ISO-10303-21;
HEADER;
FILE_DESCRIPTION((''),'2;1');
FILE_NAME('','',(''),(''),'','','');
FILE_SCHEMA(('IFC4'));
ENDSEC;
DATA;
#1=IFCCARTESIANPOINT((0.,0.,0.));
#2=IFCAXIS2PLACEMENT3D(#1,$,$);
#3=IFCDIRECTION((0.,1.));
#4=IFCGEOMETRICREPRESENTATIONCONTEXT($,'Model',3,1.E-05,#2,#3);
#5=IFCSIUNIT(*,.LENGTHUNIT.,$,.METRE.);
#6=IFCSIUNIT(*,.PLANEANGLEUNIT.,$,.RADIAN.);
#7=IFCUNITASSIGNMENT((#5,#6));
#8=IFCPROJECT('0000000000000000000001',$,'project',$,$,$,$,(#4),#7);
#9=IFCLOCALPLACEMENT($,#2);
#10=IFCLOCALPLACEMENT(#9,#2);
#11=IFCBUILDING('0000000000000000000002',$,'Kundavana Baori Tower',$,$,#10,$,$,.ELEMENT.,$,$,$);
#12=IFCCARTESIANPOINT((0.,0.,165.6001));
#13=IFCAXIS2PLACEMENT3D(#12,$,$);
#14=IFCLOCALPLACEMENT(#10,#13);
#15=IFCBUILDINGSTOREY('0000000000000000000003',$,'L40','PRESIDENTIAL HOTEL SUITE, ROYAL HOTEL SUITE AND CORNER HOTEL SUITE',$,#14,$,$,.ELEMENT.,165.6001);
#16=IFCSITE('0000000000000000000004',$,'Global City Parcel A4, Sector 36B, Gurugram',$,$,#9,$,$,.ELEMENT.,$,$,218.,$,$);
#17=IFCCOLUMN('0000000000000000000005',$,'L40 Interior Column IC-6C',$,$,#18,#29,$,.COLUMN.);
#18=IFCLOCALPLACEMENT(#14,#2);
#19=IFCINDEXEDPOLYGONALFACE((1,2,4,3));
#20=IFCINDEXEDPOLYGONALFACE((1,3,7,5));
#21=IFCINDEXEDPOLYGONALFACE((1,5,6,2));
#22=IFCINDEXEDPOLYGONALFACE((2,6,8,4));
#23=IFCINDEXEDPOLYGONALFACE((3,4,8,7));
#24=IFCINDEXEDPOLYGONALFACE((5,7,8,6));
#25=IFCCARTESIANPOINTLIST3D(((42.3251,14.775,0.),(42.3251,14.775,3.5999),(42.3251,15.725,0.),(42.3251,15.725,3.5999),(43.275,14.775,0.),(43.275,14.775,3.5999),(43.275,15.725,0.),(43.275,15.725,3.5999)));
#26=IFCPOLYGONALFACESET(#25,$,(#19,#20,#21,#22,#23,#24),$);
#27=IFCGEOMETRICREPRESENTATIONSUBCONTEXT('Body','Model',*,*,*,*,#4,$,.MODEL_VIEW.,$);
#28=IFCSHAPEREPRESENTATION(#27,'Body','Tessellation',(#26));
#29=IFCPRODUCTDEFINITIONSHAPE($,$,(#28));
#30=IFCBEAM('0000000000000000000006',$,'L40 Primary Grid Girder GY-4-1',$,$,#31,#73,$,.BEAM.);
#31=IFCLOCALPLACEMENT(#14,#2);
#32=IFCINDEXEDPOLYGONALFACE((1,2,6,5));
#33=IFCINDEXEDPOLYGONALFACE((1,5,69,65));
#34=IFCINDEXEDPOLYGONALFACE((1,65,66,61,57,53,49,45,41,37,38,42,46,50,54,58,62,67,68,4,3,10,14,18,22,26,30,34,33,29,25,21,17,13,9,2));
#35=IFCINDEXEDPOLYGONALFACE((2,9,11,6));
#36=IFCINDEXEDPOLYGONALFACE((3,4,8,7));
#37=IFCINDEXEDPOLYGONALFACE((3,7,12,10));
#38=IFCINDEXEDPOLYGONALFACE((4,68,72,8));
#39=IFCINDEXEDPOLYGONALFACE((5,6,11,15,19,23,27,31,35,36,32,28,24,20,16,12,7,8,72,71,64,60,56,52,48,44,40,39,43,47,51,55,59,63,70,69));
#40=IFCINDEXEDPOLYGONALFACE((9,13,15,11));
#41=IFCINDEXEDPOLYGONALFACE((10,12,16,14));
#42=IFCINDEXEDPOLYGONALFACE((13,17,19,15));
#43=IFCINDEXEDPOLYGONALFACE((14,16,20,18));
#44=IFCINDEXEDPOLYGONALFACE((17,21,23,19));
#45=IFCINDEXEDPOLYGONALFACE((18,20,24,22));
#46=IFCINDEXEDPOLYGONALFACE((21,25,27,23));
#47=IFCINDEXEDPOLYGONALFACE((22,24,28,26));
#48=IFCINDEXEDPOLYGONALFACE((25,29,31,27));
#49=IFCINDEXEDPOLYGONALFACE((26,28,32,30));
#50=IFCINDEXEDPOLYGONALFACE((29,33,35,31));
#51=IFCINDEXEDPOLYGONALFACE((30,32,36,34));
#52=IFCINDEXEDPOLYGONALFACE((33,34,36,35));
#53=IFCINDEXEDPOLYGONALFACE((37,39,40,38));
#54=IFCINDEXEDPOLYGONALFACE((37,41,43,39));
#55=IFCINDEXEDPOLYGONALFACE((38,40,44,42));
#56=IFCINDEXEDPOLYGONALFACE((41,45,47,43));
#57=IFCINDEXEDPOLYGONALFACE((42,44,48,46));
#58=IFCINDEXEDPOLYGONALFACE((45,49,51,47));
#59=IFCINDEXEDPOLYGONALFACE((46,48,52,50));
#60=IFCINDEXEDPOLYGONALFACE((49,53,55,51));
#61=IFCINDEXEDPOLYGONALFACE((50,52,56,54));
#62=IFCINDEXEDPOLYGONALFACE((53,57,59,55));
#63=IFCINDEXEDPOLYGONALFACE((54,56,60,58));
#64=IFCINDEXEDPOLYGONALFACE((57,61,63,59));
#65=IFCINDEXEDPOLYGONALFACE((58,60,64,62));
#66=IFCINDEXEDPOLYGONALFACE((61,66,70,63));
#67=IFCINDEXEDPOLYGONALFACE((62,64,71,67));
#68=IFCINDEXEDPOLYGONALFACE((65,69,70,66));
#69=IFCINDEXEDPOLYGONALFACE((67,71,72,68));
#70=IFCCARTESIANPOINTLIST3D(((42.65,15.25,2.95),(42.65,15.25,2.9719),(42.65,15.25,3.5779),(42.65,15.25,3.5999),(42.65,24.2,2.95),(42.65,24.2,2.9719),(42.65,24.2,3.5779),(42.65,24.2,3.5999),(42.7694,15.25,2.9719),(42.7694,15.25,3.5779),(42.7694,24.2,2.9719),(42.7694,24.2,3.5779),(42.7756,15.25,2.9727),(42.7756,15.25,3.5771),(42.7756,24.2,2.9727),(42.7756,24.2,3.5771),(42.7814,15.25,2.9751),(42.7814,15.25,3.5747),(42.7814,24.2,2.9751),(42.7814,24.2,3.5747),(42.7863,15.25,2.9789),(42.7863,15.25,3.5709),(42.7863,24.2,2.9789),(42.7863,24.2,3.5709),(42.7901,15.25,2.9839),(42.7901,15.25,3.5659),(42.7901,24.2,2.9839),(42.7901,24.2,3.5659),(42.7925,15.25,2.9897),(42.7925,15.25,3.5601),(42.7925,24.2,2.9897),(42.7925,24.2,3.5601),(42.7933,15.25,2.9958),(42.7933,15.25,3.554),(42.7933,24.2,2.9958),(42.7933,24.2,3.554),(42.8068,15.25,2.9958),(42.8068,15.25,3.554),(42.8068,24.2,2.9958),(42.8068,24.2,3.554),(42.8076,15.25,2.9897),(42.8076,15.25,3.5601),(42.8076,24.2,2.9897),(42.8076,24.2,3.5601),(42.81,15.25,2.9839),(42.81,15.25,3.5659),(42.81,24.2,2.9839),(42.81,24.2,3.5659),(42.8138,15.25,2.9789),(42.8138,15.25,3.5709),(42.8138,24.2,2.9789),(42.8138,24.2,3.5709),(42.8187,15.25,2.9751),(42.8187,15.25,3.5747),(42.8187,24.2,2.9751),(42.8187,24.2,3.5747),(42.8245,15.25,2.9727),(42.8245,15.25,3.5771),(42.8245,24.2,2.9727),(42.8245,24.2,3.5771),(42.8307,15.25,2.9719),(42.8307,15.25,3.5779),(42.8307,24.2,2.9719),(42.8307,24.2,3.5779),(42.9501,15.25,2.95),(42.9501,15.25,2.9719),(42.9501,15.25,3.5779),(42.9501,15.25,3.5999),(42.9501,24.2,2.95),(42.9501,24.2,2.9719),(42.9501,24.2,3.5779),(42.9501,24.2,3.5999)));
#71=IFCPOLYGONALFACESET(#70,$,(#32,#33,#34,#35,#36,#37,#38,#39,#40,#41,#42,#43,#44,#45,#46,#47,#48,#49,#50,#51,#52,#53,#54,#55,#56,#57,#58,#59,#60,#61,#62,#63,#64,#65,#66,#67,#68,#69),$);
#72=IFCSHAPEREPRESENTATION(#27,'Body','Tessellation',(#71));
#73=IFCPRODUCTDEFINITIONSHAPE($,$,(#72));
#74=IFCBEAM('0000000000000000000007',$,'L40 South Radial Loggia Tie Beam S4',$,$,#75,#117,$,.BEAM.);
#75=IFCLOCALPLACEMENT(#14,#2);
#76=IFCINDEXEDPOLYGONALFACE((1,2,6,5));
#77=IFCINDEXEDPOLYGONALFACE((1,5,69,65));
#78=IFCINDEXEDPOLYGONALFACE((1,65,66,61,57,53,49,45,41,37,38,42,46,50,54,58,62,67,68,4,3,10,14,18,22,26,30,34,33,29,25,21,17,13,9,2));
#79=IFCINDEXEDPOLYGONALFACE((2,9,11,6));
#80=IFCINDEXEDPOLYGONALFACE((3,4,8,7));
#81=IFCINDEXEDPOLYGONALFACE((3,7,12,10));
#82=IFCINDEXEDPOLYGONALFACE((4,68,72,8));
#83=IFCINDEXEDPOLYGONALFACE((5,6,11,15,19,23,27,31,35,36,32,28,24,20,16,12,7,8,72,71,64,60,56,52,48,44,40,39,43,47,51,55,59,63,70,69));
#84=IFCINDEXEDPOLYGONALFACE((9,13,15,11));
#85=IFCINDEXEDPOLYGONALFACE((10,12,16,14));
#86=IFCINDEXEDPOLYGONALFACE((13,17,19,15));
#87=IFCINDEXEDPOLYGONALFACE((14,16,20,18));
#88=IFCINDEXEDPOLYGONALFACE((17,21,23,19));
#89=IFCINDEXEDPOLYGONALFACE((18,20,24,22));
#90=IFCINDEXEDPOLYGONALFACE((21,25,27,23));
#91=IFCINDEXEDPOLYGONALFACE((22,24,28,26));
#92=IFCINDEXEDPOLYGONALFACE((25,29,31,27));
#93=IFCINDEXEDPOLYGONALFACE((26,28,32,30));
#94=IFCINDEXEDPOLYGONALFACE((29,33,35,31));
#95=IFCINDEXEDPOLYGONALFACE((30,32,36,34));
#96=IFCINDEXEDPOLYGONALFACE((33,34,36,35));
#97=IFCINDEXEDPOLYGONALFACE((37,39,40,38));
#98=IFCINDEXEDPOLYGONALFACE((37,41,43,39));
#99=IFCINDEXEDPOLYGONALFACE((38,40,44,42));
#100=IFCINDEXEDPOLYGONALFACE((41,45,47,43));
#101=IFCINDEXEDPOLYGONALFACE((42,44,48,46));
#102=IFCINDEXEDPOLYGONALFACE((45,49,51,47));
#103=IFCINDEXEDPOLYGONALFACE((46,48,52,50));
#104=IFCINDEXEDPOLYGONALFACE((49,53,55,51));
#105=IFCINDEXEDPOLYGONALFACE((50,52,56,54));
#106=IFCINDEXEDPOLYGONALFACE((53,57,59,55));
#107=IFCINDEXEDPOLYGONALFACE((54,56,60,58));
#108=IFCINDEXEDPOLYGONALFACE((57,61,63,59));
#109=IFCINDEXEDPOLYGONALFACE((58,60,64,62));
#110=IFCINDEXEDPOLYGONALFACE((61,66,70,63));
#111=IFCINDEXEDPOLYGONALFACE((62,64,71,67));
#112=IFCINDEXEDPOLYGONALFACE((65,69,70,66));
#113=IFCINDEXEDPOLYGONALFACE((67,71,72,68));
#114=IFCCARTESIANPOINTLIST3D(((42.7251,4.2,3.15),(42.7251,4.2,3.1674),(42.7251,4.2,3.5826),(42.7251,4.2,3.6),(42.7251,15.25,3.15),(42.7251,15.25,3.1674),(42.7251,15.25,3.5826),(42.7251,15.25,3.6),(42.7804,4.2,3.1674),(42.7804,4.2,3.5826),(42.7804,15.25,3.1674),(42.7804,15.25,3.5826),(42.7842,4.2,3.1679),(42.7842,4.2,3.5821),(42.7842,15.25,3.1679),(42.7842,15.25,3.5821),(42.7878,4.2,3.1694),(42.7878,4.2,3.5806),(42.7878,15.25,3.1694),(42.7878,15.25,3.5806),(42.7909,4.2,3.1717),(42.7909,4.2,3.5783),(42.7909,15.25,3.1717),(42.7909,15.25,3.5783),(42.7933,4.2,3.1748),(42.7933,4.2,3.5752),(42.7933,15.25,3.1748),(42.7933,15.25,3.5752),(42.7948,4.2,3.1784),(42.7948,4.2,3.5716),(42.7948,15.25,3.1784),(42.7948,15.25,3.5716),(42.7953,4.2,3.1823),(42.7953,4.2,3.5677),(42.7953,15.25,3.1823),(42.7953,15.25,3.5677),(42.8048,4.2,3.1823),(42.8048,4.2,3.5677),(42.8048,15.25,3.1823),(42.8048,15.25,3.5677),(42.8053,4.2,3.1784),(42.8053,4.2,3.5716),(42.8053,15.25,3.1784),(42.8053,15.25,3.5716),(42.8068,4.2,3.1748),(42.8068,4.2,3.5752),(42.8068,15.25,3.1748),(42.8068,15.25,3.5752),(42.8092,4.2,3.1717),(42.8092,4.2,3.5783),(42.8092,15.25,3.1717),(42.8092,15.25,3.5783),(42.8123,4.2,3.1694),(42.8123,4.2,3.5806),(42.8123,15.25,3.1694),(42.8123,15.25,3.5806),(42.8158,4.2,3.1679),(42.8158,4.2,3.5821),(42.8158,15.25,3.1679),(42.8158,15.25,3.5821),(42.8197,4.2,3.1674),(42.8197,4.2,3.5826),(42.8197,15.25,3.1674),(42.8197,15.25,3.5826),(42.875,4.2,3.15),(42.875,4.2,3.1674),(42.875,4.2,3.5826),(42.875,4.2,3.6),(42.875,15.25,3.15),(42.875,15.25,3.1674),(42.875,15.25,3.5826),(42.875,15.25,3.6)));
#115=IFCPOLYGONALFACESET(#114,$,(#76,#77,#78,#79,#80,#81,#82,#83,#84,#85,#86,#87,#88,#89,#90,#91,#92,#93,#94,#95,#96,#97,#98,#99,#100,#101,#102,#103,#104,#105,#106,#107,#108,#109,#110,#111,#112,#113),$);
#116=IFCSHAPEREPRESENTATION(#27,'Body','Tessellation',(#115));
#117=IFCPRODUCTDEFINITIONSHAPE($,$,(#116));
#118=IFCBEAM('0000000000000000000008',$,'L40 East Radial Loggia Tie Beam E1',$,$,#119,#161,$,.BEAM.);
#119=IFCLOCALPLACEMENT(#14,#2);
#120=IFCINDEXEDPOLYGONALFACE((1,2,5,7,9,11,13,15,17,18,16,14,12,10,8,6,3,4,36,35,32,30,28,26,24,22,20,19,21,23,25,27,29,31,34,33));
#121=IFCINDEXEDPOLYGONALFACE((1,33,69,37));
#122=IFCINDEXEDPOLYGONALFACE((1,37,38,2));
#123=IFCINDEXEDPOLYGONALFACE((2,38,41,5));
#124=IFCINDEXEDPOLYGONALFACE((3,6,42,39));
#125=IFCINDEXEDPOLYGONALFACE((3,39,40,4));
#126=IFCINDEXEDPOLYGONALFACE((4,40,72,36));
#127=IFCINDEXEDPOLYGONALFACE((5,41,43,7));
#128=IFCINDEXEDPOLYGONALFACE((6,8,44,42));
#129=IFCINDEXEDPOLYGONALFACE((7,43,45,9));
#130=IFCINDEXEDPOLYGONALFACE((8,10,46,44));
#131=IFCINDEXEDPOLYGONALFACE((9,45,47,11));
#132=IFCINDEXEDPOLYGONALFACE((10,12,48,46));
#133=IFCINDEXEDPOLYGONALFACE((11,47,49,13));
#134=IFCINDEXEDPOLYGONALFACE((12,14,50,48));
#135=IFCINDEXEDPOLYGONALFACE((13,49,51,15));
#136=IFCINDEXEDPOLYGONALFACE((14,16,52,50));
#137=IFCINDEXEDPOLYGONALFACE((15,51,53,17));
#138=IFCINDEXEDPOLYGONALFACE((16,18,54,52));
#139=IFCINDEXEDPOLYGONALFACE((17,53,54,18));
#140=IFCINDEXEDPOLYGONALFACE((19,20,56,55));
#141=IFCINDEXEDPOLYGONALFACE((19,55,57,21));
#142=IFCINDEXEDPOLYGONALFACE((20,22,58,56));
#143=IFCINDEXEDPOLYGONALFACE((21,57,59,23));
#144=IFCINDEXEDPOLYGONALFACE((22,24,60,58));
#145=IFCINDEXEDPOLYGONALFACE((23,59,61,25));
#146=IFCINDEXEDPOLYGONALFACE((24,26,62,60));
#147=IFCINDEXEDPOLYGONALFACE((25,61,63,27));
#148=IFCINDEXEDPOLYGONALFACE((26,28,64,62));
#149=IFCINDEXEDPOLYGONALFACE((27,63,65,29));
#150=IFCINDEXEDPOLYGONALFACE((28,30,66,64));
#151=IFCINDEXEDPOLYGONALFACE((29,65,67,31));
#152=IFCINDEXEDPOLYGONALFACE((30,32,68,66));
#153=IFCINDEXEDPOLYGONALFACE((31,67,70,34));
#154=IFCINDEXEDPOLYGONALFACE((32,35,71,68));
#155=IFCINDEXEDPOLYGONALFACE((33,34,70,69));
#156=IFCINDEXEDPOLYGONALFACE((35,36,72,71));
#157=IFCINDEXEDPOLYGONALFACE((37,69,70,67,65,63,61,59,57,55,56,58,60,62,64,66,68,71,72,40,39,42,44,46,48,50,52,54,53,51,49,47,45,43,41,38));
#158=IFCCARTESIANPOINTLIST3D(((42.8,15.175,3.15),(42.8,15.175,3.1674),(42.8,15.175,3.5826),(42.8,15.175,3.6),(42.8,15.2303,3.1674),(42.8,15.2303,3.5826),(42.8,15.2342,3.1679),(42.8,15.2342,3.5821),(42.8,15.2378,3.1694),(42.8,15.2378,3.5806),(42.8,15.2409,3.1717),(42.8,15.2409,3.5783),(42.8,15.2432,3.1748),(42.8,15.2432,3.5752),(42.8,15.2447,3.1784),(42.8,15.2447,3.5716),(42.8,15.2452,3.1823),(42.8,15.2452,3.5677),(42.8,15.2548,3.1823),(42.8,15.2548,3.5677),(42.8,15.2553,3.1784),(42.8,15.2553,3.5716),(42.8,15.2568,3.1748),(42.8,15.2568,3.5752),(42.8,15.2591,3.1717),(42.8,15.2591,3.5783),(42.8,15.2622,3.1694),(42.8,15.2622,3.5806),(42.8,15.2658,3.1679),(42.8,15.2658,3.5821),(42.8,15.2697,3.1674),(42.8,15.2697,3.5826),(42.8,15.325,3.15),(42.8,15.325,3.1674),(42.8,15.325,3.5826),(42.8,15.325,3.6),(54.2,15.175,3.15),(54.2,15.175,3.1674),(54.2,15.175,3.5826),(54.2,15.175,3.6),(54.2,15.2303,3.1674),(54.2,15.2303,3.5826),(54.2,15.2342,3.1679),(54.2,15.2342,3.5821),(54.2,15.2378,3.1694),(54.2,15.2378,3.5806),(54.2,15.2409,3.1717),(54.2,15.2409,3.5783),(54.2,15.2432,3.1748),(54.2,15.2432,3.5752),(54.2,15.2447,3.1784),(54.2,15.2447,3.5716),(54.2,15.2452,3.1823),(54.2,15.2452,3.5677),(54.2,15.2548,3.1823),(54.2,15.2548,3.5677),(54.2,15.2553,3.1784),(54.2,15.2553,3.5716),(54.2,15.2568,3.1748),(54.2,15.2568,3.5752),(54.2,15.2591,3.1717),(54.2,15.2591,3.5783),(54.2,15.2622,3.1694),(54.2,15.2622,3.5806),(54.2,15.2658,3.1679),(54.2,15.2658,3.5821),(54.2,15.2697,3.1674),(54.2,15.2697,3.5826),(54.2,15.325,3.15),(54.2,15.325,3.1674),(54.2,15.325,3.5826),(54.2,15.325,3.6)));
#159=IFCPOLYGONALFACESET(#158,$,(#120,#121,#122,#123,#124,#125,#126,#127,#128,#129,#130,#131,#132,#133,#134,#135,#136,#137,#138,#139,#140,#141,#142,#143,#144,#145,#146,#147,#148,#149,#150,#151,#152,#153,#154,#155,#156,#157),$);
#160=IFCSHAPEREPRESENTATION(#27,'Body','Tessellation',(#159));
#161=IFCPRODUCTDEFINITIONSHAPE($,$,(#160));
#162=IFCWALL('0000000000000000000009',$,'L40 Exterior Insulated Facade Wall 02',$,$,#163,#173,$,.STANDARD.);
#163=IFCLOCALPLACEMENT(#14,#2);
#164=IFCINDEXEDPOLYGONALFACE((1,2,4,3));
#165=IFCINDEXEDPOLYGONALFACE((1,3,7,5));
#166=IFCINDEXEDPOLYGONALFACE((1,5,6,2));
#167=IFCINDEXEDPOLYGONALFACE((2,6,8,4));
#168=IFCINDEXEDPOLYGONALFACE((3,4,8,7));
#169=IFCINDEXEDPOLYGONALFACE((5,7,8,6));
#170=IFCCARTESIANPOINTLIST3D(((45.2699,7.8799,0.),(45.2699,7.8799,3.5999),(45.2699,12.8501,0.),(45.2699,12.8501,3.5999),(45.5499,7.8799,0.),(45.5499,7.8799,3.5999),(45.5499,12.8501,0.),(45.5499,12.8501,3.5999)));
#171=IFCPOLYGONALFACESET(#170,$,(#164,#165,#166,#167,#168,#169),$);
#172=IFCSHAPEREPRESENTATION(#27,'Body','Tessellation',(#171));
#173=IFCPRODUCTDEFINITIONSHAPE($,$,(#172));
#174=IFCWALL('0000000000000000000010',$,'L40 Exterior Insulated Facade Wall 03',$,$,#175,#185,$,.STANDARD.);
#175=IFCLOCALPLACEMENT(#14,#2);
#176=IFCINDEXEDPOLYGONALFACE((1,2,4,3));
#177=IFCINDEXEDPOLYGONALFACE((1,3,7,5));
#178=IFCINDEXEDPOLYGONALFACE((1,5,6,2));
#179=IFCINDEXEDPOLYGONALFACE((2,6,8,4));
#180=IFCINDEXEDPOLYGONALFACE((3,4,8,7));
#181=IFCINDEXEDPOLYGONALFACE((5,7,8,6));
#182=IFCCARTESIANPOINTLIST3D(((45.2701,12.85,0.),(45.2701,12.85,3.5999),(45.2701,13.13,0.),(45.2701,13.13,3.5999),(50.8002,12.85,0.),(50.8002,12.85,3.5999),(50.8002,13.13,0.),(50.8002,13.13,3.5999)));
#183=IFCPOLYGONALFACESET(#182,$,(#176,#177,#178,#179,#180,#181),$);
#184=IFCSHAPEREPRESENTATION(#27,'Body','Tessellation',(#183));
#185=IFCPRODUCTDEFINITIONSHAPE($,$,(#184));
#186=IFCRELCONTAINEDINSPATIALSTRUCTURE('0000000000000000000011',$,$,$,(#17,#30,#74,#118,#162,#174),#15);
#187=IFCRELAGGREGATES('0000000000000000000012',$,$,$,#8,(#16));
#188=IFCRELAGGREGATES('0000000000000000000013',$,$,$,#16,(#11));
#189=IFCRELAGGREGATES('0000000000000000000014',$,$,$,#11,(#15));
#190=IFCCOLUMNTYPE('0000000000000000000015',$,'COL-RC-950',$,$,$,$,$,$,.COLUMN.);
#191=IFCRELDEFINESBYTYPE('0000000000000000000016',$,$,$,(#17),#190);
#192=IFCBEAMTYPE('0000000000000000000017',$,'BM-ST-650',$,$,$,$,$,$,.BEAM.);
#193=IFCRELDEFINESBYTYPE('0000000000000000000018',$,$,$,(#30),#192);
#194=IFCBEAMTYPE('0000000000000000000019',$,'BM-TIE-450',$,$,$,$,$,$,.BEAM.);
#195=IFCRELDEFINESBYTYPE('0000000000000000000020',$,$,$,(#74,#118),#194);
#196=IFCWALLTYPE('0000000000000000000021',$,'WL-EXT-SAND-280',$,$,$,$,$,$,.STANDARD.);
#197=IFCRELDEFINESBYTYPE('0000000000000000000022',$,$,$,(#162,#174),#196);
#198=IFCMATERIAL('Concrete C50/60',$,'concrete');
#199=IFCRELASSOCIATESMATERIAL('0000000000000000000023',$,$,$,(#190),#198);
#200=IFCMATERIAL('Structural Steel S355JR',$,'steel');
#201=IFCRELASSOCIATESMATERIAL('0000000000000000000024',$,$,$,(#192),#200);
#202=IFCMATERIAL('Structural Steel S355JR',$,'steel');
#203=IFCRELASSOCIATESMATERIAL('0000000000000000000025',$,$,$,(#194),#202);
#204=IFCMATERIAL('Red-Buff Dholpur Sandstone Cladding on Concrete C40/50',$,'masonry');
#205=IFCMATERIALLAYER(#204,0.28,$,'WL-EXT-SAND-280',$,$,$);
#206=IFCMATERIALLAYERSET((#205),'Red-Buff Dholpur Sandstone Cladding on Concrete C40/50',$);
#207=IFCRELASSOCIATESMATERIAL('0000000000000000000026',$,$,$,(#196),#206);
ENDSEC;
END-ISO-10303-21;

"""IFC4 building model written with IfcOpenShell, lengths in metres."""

from ifc_helpers import new_model, si_unit, direction, frame, frame_2d, origin, origin_2d, place, context, subcontext, project, spatial, rectangle, i_section, extrude, material, layer, layer_set, material_profile, profile_set, type_object, element, save


model = new_model("IFC4")

# Units and contexts
model_context = context("Model", 3, precision=1e-05, world=origin(), true_north=direction((0.0, 1.0)))
body_context = subcontext(model_context, "Body", "Model", "MODEL_VIEW")
ifc_project = project(units=[si_unit("LENGTHUNIT", "METRE"), si_unit("PLANEANGLEUNIT", "RADIAN")], contexts=[model_context])

# Site, building, storey
site_placement = place(None, origin())
site = spatial("IfcSite", under=ifc_project, at=site_placement, Name="Global City Parcel A4, Sector 36B, Gurugram", CompositionType="ELEMENT", RefElevation=218.0)
building_placement = place(site_placement, origin())
building = spatial("IfcBuilding", under=site, at=building_placement, Name="Kundavana Baori Tower", CompositionType="ELEMENT")
storey_placement = place(building_placement, frame((0.0, 0.0, 165.6001)))
storey = spatial("IfcBuildingStorey", under=building, at=storey_placement, Name="L40", Description="PRESIDENTIAL HOTEL SUITE, ROYAL HOTEL SUITE AND CORNER HOTEL SUITE", CompositionType="ELEMENT", Elevation=165.6001)

# Column
ifc_material_1 = material(Name="Concrete C50/60", Category="concrete")
ifc_material_profile_1 = material_profile(ifc_material_1, rectangle(XDim=0.95, YDim=0.95, at=origin_2d()), Name="RC 950x950")
ifc_profile_set_1 = profile_set([ifc_material_profile_1], Name="Concrete C50/60")
column_type = type_object("IfcColumnType", Name="COL-RC-950", PredefinedType="COLUMN", material=ifc_profile_set_1)
column_placement = place(storey_placement, frame((42.8, 15.25, 0.0), z_axis=(0.0, 0.0, 1.0), x_axis=(1.0, 0.0, 0.0)))
element("IfcColumn", 1, at=column_placement, inside=storey, type_object=column_type, Name="L40 Interior Column IC-6C", PredefinedType="COLUMN", context=body_context, shape_type="SweptSolid", body=[
    extrude(rectangle(XDim=0.95, YDim=0.95, at=origin_2d()), origin(), (0.0, 0.0, 1.0), 3.5999),
])

# Beams
ifc_material_2 = material(Name="Structural Steel S355JR", Category="steel")
ifc_material_profile_2 = material_profile(ifc_material_2, i_section(OverallWidth=0.3, OverallDepth=0.6499, WebThickness=0.0134, FlangeThickness=0.022, FilletRadius=0.0239, at=origin_2d()), Name="NPB 650x300x155")
ifc_profile_set_2 = profile_set([ifc_material_profile_2], Name="Structural Steel S355JR")
beam_type_1 = type_object("IfcBeamType", Name="BM-ST-650", PredefinedType="BEAM", material=ifc_profile_set_2)
beam_1_placement = place(storey_placement, frame((42.8, 15.25, 3.2749), z_axis=(0.0, 1.0, 0.0), x_axis=(-1.0, 0.0, 0.0)))
element("IfcBeam", 2, at=beam_1_placement, inside=storey, type_object=beam_type_1, Name="L40 Primary Grid Girder GY-4-1", PredefinedType="BEAM", context=body_context, shape_type="SweptSolid", body=[
    extrude(i_section(OverallWidth=0.3, OverallDepth=0.6499, WebThickness=0.0134, FlangeThickness=0.022, FilletRadius=0.0239, at=origin_2d()), origin(), (0.0, 0.0, 1.0), 8.95),
])
ifc_material_3 = material(Name="Structural Steel S355JR", Category="steel")
ifc_material_profile_3 = material_profile(ifc_material_3, i_section(OverallWidth=0.1499, OverallDepth=0.45, WebThickness=0.0095, FlangeThickness=0.0173, FilletRadius=0.0149, at=origin_2d()), Name="ISMB 450")
ifc_profile_set_3 = profile_set([ifc_material_profile_3], Name="Structural Steel S355JR")
beam_type_2 = type_object("IfcBeamType", Name="BM-TIE-450", PredefinedType="BEAM", material=ifc_profile_set_3)
beam_2_placement = place(storey_placement, frame((42.8, 15.25, 3.375), z_axis=(0.0, -1.0, 0.0), x_axis=(1.0, 0.0, 0.0)))
element("IfcBeam", 3, at=beam_2_placement, inside=storey, type_object=beam_type_2, Name="L40 South Radial Loggia Tie Beam S4", PredefinedType="BEAM", context=body_context, shape_type="SweptSolid", body=[
    extrude(i_section(OverallWidth=0.1499, OverallDepth=0.45, WebThickness=0.0095, FlangeThickness=0.0173, FilletRadius=0.0149, at=origin_2d()), origin(), (0.0, 0.0, 1.0), 11.05),
])
beam_3_placement = place(storey_placement, frame((42.8, 15.25, 3.375), z_axis=(1.0, 0.0, 0.0), x_axis=(0.0, 1.0, 0.0)))
element("IfcBeam", 4, at=beam_3_placement, inside=storey, type_object=beam_type_2, Name="L40 East Radial Loggia Tie Beam E1", PredefinedType="BEAM", context=body_context, shape_type="SweptSolid", body=[
    extrude(i_section(OverallWidth=0.1499, OverallDepth=0.45, WebThickness=0.0095, FlangeThickness=0.0173, FilletRadius=0.0149, at=origin_2d()), origin(), (0.0, 0.0, 1.0), 11.3999),
])

# Walls
ifc_material_4 = material(Name="Red-Buff Dholpur Sandstone Cladding on Concrete C40/50", Category="masonry")
ifc_layer_1 = layer(ifc_material_4, 0.28, Name="WL-EXT-SAND-280")
ifc_layer_set_1 = layer_set([ifc_layer_1], Name="Red-Buff Dholpur Sandstone Cladding on Concrete C40/50")
wall_type_1 = type_object("IfcWallType", Name="WL-EXT-SAND-280", PredefinedType="STANDARD", material=ifc_layer_set_1)
wall_1_placement = place(storey_placement, frame((45.4099, 7.8799, 0.0), z_axis=(0.0, 0.0, 1.0), x_axis=(0.0, 1.0, 0.0)))
element("IfcWall", 5, at=wall_1_placement, inside=storey, type_object=wall_type_1, Name="L40 Exterior Insulated Facade Wall 02", PredefinedType="STANDARD", context=body_context, shape_type="SweptSolid", body=[
    extrude(rectangle(XDim=4.9702, YDim=0.28, at=frame_2d((2.4851, 0.0))), origin(), (0.0, 0.0, 1.0), 3.5999),
])
wall_2_placement = place(storey_placement, frame((45.27, 12.99, 0.0), z_axis=(0.0, 0.0, 1.0), x_axis=(1.0, 0.0, 0.0)))
element("IfcWall", 6, at=wall_2_placement, inside=storey, type_object=wall_type_1, Name="L40 Exterior Insulated Facade Wall 03", PredefinedType="STANDARD", context=body_context, shape_type="SweptSolid", body=[
    extrude(rectangle(XDim=5.53, YDim=0.28, at=frame_2d((2.7651, 0.0))), origin(), (0.0, 0.0, 1.0), 3.5999),
])

save(model, "model.ifc")
